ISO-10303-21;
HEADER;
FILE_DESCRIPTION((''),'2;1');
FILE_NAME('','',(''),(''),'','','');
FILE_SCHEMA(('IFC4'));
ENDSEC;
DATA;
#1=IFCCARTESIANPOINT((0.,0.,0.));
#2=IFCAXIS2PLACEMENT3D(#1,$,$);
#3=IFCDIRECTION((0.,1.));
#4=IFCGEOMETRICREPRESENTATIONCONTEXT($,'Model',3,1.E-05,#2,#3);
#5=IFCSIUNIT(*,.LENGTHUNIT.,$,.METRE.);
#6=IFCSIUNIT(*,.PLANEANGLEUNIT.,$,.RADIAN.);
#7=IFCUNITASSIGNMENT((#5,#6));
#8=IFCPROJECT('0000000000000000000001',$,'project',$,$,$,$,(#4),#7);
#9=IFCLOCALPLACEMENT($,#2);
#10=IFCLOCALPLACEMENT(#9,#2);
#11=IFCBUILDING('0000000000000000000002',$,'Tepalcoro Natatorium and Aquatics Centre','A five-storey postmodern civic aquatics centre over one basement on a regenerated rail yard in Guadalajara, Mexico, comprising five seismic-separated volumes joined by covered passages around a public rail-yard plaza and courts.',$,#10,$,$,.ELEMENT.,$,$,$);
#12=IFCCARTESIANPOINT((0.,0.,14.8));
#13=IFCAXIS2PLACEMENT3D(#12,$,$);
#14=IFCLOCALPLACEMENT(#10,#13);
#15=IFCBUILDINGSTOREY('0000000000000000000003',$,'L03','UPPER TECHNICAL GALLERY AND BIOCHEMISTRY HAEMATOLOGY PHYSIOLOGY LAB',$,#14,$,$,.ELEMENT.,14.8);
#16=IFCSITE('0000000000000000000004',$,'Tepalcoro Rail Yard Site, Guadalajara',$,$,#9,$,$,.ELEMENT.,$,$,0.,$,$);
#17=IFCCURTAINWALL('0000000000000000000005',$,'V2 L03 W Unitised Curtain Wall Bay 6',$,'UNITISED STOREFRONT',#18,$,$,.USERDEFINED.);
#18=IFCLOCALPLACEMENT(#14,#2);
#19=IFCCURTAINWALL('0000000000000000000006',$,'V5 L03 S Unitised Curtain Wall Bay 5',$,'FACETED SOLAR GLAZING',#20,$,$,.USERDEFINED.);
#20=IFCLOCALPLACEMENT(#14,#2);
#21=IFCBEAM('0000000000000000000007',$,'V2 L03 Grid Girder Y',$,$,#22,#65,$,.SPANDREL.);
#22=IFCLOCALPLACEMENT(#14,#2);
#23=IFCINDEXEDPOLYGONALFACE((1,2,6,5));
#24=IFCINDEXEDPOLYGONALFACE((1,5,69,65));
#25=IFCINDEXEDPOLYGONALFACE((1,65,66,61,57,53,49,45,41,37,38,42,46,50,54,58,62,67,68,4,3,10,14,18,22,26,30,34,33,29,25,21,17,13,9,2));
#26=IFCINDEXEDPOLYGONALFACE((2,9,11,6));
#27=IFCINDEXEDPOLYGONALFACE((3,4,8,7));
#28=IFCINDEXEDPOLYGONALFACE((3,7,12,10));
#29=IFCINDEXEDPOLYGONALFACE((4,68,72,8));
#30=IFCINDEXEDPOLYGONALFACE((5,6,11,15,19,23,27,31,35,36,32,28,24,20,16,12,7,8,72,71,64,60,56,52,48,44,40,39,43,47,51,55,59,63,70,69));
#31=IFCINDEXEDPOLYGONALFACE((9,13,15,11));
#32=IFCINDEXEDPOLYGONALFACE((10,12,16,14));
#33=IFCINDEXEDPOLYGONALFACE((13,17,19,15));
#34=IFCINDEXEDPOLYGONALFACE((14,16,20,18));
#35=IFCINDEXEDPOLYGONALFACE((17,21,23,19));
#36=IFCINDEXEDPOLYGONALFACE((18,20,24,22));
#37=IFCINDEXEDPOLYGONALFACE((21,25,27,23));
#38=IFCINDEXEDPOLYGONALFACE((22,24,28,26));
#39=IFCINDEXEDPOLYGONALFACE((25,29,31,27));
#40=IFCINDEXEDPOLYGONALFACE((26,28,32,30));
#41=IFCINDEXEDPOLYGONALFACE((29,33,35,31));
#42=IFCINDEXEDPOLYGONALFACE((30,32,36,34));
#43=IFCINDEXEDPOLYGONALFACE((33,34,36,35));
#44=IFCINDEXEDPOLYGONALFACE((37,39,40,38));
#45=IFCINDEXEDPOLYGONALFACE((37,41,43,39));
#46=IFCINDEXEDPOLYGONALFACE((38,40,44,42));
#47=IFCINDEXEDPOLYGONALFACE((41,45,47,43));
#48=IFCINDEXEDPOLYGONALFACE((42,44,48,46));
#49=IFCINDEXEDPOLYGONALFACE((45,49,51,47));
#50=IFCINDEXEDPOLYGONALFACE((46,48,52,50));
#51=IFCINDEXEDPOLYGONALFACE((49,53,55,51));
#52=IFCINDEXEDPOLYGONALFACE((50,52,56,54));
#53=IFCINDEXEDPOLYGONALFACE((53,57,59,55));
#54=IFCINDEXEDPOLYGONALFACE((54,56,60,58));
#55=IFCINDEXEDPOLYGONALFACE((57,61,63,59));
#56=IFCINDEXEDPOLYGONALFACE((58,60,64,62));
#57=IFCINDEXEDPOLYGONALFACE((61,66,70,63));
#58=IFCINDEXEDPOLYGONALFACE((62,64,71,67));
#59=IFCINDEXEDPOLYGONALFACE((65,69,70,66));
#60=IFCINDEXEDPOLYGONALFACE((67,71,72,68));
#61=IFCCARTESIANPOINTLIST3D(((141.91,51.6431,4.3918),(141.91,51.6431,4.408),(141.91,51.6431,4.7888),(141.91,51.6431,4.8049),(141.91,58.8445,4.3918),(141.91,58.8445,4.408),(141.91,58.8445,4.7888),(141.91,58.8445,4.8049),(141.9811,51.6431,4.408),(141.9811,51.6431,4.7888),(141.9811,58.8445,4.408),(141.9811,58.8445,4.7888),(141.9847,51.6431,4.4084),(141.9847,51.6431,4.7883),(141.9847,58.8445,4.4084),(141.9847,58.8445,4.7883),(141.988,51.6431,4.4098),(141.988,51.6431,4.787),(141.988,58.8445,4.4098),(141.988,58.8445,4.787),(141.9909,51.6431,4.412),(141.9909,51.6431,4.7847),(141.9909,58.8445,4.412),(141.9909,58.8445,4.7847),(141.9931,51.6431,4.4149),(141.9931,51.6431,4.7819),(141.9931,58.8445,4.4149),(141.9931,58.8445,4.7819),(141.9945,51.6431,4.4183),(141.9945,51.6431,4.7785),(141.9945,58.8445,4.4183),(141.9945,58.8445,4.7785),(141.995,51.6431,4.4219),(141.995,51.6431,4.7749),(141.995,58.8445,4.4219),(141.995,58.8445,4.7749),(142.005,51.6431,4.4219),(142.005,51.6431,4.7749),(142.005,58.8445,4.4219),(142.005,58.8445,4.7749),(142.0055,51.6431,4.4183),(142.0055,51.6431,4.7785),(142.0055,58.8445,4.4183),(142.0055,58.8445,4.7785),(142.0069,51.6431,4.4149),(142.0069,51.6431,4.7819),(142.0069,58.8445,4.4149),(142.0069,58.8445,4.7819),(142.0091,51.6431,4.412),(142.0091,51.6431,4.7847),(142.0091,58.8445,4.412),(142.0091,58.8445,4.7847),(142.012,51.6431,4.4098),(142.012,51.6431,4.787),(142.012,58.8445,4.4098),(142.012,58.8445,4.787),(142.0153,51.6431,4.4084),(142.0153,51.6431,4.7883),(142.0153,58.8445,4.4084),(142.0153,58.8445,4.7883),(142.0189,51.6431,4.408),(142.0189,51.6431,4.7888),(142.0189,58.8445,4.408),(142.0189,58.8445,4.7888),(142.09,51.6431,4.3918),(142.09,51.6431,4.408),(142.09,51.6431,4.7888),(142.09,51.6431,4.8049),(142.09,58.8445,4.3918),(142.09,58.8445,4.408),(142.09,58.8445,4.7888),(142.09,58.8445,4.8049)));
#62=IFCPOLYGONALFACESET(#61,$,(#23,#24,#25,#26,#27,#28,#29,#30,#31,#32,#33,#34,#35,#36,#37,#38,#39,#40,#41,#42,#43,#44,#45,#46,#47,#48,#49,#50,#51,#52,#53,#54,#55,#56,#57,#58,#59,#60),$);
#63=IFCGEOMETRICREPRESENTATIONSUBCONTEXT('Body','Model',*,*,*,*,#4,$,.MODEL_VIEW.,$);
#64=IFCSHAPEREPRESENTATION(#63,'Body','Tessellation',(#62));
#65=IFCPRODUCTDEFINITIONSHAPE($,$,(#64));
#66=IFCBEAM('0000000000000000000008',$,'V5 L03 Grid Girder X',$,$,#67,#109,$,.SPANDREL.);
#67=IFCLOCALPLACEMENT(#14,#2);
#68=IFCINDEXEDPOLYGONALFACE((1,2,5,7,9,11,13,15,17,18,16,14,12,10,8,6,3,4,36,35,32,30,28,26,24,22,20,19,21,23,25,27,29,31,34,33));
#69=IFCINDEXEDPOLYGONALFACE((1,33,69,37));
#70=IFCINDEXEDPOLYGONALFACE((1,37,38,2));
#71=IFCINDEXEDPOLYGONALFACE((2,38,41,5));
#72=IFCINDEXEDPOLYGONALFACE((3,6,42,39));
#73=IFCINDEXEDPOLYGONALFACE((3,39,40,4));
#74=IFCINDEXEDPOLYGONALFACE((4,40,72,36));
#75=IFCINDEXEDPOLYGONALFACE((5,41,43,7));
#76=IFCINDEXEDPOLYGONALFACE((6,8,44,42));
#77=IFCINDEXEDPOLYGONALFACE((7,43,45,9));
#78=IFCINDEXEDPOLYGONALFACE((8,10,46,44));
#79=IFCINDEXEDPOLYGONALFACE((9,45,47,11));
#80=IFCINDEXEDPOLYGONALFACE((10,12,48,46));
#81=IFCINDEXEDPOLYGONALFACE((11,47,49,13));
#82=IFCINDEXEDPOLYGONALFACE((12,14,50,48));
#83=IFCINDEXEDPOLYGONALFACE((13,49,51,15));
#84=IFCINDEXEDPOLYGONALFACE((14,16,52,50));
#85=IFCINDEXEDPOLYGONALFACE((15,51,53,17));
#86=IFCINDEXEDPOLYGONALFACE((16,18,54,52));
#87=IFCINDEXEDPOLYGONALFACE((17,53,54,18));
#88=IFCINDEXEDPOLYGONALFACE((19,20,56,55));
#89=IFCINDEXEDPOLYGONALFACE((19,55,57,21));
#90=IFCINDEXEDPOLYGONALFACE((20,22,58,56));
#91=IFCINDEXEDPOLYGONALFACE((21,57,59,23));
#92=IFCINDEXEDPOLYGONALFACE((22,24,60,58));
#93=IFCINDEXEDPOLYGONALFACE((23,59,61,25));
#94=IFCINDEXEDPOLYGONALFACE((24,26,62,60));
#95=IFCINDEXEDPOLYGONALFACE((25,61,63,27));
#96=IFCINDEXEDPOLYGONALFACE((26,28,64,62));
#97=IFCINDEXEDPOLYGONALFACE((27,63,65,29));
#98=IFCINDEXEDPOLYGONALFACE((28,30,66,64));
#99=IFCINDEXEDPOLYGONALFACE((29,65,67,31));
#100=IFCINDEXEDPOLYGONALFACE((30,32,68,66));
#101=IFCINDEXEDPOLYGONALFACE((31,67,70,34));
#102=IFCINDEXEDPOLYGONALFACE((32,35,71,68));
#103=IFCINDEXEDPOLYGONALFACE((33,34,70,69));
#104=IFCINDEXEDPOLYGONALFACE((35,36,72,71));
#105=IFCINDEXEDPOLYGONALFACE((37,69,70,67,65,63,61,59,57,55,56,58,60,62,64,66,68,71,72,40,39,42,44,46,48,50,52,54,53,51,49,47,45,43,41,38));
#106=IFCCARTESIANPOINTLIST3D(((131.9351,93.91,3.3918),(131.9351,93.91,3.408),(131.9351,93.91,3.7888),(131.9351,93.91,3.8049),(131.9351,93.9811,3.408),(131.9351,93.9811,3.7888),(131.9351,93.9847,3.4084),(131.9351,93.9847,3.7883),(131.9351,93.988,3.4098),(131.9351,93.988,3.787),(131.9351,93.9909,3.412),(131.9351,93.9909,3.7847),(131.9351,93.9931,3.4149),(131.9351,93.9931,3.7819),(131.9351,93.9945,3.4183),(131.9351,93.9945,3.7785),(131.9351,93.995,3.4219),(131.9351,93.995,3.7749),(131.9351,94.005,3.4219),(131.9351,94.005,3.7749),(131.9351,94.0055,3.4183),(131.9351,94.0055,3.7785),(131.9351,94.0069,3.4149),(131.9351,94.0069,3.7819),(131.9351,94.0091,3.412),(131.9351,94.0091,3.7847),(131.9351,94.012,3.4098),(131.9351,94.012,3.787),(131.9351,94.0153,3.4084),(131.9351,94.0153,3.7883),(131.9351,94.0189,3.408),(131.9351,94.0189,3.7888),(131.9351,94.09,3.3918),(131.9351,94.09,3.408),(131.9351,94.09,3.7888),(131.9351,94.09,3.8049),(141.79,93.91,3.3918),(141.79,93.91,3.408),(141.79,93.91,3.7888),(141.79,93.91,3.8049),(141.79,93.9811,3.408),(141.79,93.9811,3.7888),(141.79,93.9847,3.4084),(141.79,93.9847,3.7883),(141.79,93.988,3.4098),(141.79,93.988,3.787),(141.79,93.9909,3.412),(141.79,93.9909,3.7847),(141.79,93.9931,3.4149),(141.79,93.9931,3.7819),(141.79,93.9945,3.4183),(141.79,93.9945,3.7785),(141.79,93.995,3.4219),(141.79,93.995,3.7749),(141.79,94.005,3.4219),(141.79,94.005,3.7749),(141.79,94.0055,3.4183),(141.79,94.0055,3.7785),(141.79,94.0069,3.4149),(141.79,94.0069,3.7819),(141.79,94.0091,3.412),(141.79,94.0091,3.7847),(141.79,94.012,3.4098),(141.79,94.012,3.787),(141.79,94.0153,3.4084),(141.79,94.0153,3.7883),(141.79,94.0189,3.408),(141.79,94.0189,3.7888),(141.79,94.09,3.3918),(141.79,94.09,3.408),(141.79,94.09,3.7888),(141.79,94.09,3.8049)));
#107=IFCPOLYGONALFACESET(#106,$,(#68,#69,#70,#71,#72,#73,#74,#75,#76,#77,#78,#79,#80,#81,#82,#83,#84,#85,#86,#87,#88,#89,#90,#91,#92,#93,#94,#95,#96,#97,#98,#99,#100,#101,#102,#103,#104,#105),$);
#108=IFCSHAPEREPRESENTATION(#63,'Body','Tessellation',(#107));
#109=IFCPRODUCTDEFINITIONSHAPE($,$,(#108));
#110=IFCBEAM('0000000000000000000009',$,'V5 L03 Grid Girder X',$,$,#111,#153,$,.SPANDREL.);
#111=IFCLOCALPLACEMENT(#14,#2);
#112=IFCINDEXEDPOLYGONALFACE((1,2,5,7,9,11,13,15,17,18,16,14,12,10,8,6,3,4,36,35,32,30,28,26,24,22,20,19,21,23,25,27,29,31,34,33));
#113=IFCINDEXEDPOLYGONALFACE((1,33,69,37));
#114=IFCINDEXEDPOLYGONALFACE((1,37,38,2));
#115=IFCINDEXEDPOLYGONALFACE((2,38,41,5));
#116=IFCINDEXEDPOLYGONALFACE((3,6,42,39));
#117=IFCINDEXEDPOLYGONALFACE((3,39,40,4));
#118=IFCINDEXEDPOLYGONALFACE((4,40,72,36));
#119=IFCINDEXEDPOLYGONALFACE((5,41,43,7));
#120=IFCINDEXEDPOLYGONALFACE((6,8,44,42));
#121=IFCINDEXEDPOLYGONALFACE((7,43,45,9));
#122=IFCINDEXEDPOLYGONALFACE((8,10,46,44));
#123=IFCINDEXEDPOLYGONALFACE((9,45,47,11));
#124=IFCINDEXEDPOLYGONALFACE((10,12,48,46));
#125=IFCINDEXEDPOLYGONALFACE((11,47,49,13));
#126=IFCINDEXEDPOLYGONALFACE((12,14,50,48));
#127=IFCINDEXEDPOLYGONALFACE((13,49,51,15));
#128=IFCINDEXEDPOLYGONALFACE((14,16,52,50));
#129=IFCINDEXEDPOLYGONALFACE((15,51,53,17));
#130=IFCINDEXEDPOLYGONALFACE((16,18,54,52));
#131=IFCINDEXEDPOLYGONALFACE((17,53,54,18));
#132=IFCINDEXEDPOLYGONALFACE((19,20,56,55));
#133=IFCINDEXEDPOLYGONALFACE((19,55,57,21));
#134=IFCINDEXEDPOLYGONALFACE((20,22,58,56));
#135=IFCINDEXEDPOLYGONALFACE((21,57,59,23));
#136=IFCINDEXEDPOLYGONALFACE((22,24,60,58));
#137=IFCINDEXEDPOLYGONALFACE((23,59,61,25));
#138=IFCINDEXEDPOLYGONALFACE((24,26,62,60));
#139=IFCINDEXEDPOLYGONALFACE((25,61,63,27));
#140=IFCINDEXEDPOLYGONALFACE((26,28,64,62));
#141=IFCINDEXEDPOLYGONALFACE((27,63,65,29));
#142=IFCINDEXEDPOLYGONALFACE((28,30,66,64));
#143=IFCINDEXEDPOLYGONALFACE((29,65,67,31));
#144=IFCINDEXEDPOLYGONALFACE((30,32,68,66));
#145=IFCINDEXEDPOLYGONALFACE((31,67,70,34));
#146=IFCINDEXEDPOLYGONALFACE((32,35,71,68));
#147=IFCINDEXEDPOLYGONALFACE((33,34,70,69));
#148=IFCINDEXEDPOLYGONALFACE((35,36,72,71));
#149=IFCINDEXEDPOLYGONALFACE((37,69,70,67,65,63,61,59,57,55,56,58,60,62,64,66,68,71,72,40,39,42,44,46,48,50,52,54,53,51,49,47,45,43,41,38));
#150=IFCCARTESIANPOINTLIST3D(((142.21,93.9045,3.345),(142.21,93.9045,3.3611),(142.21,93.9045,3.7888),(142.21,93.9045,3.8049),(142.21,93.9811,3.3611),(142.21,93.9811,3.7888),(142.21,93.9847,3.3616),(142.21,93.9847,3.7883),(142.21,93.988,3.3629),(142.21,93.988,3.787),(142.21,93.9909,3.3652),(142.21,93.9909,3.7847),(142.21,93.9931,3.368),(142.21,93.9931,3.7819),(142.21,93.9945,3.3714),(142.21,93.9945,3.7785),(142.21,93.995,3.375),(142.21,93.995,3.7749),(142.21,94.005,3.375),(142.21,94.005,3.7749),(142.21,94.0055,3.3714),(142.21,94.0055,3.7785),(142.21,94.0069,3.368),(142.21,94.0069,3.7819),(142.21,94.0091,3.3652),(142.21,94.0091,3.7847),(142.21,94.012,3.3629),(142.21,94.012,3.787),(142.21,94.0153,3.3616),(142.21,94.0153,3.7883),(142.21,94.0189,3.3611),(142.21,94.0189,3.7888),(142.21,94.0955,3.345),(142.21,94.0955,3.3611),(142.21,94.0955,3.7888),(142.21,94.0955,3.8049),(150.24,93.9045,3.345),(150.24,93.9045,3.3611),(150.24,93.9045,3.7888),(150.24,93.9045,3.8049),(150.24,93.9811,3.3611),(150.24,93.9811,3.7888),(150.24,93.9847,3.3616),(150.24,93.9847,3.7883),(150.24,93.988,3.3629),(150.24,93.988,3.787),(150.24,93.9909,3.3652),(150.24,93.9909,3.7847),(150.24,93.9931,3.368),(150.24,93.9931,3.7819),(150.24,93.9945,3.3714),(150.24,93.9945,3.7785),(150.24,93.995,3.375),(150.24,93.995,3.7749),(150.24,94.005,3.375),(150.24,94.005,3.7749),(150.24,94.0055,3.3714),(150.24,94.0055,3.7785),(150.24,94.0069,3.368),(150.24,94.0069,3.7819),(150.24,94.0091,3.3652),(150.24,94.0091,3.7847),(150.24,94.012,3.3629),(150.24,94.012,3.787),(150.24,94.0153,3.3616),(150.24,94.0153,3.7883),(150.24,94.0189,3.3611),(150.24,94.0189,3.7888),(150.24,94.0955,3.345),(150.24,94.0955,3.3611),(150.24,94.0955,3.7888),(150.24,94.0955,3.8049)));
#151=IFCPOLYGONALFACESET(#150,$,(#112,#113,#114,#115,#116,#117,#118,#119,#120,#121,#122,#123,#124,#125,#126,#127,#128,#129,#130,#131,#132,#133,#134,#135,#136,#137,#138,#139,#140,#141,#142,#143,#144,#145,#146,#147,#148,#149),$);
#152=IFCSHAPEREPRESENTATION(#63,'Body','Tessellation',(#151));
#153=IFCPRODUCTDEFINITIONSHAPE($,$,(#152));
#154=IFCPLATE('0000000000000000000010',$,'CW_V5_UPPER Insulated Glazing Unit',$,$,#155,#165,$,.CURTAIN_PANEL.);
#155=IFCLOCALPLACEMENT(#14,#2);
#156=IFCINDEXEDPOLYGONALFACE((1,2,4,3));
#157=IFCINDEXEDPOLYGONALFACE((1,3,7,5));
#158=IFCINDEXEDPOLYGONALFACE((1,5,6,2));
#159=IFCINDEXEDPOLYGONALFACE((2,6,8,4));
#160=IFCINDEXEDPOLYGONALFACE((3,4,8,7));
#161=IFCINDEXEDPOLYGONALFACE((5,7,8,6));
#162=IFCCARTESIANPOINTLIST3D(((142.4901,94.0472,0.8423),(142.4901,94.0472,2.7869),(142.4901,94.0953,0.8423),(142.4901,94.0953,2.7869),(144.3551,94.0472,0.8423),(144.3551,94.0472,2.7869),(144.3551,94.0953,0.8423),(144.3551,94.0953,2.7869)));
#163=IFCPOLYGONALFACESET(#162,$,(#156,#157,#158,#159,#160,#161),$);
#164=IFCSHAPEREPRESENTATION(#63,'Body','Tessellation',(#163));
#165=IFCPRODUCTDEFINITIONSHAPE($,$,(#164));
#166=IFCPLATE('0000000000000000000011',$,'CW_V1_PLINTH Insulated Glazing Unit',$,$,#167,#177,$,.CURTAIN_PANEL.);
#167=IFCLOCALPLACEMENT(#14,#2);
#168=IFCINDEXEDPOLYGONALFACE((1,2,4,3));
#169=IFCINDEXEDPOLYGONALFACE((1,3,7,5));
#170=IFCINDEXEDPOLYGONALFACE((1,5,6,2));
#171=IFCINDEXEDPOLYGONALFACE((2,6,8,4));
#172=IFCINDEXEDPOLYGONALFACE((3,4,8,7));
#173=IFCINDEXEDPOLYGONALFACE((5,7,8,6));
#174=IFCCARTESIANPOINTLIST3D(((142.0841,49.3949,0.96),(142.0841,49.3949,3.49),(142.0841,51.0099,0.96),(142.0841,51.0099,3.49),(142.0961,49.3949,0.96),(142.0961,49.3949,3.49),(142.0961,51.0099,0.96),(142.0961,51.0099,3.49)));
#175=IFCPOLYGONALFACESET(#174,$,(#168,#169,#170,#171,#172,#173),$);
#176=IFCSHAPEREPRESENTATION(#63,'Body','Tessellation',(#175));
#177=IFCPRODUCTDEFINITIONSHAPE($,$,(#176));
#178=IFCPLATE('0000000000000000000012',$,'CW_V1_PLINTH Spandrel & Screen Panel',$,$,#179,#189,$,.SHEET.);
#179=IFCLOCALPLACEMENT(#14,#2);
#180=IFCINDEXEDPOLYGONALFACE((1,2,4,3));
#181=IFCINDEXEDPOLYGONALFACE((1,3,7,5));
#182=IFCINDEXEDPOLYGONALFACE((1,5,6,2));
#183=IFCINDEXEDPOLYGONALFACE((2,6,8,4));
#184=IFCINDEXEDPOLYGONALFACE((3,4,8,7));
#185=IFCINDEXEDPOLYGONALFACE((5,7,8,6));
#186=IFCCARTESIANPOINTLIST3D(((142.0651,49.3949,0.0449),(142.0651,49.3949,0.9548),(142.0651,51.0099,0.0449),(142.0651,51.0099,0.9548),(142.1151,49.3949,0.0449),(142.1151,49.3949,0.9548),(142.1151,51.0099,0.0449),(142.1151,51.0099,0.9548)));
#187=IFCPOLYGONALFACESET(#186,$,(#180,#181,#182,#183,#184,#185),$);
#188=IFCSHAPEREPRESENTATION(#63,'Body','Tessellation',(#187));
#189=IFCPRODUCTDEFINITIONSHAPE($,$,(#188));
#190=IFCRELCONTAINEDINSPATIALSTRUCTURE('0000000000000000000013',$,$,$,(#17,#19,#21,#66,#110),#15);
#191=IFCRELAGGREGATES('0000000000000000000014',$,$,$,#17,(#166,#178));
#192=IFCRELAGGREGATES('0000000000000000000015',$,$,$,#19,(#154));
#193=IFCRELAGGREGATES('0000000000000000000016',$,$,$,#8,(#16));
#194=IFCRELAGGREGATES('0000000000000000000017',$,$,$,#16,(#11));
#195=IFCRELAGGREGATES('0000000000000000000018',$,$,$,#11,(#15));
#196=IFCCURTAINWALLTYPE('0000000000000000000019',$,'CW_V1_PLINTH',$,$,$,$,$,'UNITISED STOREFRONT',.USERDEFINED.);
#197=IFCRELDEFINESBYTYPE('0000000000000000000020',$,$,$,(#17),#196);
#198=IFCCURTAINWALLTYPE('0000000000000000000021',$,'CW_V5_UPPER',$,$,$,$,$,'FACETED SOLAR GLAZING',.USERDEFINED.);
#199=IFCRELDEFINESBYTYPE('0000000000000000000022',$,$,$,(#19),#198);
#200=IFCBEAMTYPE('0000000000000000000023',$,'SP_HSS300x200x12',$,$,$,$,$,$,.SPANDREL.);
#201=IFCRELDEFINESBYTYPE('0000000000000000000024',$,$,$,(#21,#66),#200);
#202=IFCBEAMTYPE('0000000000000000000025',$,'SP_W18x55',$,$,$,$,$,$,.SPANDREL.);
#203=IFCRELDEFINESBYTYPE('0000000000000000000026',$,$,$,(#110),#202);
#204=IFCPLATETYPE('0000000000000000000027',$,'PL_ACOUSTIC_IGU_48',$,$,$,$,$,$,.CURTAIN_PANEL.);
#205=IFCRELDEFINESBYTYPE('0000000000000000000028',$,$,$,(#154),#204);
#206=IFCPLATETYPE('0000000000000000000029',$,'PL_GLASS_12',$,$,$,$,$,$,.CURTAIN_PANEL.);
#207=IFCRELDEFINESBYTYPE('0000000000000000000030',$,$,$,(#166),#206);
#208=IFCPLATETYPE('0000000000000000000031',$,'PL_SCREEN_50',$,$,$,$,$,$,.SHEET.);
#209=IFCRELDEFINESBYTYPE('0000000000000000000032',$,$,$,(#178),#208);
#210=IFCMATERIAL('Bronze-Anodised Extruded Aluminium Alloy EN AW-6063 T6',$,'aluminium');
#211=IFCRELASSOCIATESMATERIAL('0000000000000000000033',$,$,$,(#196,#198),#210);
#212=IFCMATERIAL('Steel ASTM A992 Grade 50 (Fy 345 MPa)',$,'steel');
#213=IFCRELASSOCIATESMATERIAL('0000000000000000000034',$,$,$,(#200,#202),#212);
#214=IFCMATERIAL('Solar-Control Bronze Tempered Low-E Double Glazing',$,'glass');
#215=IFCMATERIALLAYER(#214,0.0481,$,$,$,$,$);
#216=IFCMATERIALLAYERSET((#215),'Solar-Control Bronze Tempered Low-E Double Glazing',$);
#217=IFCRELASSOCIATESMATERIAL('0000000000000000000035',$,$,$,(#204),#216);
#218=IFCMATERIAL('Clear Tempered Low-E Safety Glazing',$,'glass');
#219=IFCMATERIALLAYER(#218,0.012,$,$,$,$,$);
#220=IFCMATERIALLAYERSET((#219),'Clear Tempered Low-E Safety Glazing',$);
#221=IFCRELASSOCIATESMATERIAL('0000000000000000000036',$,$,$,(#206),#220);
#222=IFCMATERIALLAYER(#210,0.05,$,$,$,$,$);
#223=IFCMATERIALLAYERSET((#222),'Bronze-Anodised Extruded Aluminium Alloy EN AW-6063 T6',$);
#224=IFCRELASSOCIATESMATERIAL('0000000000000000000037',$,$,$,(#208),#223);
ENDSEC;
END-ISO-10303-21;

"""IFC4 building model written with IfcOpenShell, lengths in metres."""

from ifc_helpers import new_model, si_unit, direction, frame, origin, origin_2d, place, context, subcontext, project, spatial, rectangle, i_section, extrude, material, layer, layer_set, material_profile, profile_set, type_object, element, aggregate, save


model = new_model("IFC4")

# Units and contexts
model_context = context("Model", 3, precision=1e-05, world=origin(), true_north=direction((0.0, 1.0)))
body_context = subcontext(model_context, "Body", "Model", "MODEL_VIEW")
ifc_project = project(units=[si_unit("LENGTHUNIT", "METRE"), si_unit("PLANEANGLEUNIT", "RADIAN")], contexts=[model_context])

# Site, building, storey
site_placement = place(None, origin())
site = spatial("IfcSite", under=ifc_project, at=site_placement, Name="Tepalcoro Rail Yard Site, Guadalajara", CompositionType="ELEMENT", RefElevation=0.0)
building_placement = place(site_placement, origin())
building = spatial("IfcBuilding", under=site, at=building_placement, Name="Tepalcoro Natatorium and Aquatics Centre", Description="A five-storey postmodern civic aquatics centre over one basement on a regenerated rail yard in Guadalajara, Mexico, comprising five seismic-separated volumes joined by covered passages around a public rail-yard plaza and courts.", CompositionType="ELEMENT")
storey_placement = place(building_placement, frame((0.0, 0.0, 14.8)))
storey = spatial("IfcBuildingStorey", under=building, at=storey_placement, Name="L03", Description="UPPER TECHNICAL GALLERY AND BIOCHEMISTRY HAEMATOLOGY PHYSIOLOGY LAB", CompositionType="ELEMENT", Elevation=14.8)

# Shared definitions
ifc_material_1 = material(Name="Steel ASTM A992 Grade 50 (Fy 345 MPa)", Category="steel")

# Curtain wall
ifc_material_2 = material(Name="Bronze-Anodised Extruded Aluminium Alloy EN AW-6063 T6", Category="aluminium")
curtain_wall_type_1 = type_object("IfcCurtainWallType", Name="CW_V1_PLINTH", ElementType="UNITISED STOREFRONT", PredefinedType="USERDEFINED", material=ifc_material_2)
curtain_wall_1_placement = place(storey_placement, origin())
curtain_wall_1 = element("IfcCurtainWall", 1, at=curtain_wall_1_placement, inside=storey, type_object=curtain_wall_type_1, Name="V2 L03 W Unitised Curtain Wall Bay 6", ObjectType="UNITISED STOREFRONT", PredefinedType="USERDEFINED")

# Curtain wall
curtain_wall_type_2 = type_object("IfcCurtainWallType", Name="CW_V5_UPPER", ElementType="FACETED SOLAR GLAZING", PredefinedType="USERDEFINED", material=ifc_material_2)
curtain_wall_2_placement = place(storey_placement, origin())
curtain_wall_2 = element("IfcCurtainWall", 2, at=curtain_wall_2_placement, inside=storey, type_object=curtain_wall_type_2, Name="V5 L03 S Unitised Curtain Wall Bay 5", ObjectType="FACETED SOLAR GLAZING", PredefinedType="USERDEFINED")

# Beams
ifc_material_profile_1 = material_profile(ifc_material_1, i_section(OverallWidth=0.1799, OverallDepth=0.4131, WebThickness=0.01, FlangeThickness=0.0161, FilletRadius=0.0139, at=origin_2d()), Name="W16X50")
ifc_profile_set_1 = profile_set([ifc_material_profile_1], Name="Steel ASTM A992 Grade 50 (Fy 345 MPa)")
beam_type_1 = type_object("IfcBeamType", Name="SP_HSS300x200x12", PredefinedType="SPANDREL", material=ifc_profile_set_1)
beam_1_placement = place(storey_placement, frame((142.0, 51.6431, 4.5984), z_axis=(0.0, 1.0, 0.0), x_axis=(-1.0, 0.0, 0.0)))
element("IfcBeam", 3, at=beam_1_placement, inside=storey, type_object=beam_type_1, Name="V2 L03 Grid Girder Y", PredefinedType="SPANDREL", context=body_context, shape_type="SweptSolid", body=[
    extrude(i_section(OverallWidth=0.1799, OverallDepth=0.4131, WebThickness=0.01, FlangeThickness=0.0161, FilletRadius=0.0139, at=origin_2d()), origin(), (0.0, 0.0, 1.0), 7.2014),
])
beam_2_placement = place(storey_placement, frame((131.9351, 94.0, 3.5984), z_axis=(1.0, 0.0, 0.0), x_axis=(0.0, 1.0, 0.0)))
element("IfcBeam", 4, at=beam_2_placement, inside=storey, type_object=beam_type_1, Name="V5 L03 Grid Girder X", PredefinedType="SPANDREL", context=body_context, shape_type="SweptSolid", body=[
    extrude(i_section(OverallWidth=0.1799, OverallDepth=0.4131, WebThickness=0.01, FlangeThickness=0.0161, FilletRadius=0.0139, at=origin_2d()), origin(), (0.0, 0.0, 1.0), 9.855),
])
ifc_material_profile_2 = material_profile(ifc_material_1, i_section(OverallWidth=0.1909, OverallDepth=0.46, WebThickness=0.01, FlangeThickness=0.0161, FilletRadius=0.0139, at=origin_2d()), Name="W18X55")
ifc_profile_set_2 = profile_set([ifc_material_profile_2], Name="Steel ASTM A992 Grade 50 (Fy 345 MPa)")
beam_type_2 = type_object("IfcBeamType", Name="SP_W18x55", PredefinedType="SPANDREL", material=ifc_profile_set_2)
beam_3_placement = place(storey_placement, frame((142.21, 94.0, 3.575), z_axis=(1.0, 0.0, 0.0), x_axis=(0.0, 1.0, 0.0)))
element("IfcBeam", 5, at=beam_3_placement, inside=storey, type_object=beam_type_2, Name="V5 L03 Grid Girder X", PredefinedType="SPANDREL", context=body_context, shape_type="SweptSolid", body=[
    extrude(i_section(OverallWidth=0.1909, OverallDepth=0.46, WebThickness=0.01, FlangeThickness=0.0161, FilletRadius=0.0139, at=origin_2d()), origin(), (0.0, 0.0, 1.0), 8.03),
])

# Plates
ifc_material_3 = material(Name="Solar-Control Bronze Tempered Low-E Double Glazing", Category="glass")
ifc_layer_1 = layer(ifc_material_3, 0.0481)
ifc_layer_set_1 = layer_set([ifc_layer_1], Name="Solar-Control Bronze Tempered Low-E Double Glazing")
plate_type_1 = type_object("IfcPlateType", Name="PL_ACOUSTIC_IGU_48", PredefinedType="CURTAIN_PANEL", material=ifc_layer_set_1)
plate_1_placement = place(storey_placement, frame((143.4226, 94.0713, 0.8423), z_axis=(0.0, 0.0, 1.0), x_axis=(1.0, 0.0, 0.0)))
plate_1 = element("IfcPlate", 6, at=plate_1_placement, type_object=plate_type_1, Name="CW_V5_UPPER Insulated Glazing Unit", PredefinedType="CURTAIN_PANEL", context=body_context, shape_type="SweptSolid", body=[
    extrude(rectangle(XDim=1.865, YDim=0.0481, at=origin_2d()), origin(), (0.0, 0.0, 1.0), 1.9446),
])
ifc_material_4 = material(Name="Clear Tempered Low-E Safety Glazing", Category="glass")
ifc_layer_2 = layer(ifc_material_4, 0.012)
ifc_layer_set_2 = layer_set([ifc_layer_2], Name="Clear Tempered Low-E Safety Glazing")
plate_type_2 = type_object("IfcPlateType", Name="PL_GLASS_12", PredefinedType="CURTAIN_PANEL", material=ifc_layer_set_2)
plate_2_placement = place(storey_placement, frame((142.0901, 50.2024, 0.96), z_axis=(0.0, 0.0, 1.0), x_axis=(1.0, 0.0, 0.0)))
plate_2 = element("IfcPlate", 7, at=plate_2_placement, type_object=plate_type_2, Name="CW_V1_PLINTH Insulated Glazing Unit", PredefinedType="CURTAIN_PANEL", context=body_context, shape_type="SweptSolid", body=[
    extrude(rectangle(XDim=0.012, YDim=1.615, at=origin_2d()), origin(), (0.0, 0.0, 1.0), 2.53),
])
ifc_layer_3 = layer(ifc_material_2, 0.05)
ifc_layer_set_3 = layer_set([ifc_layer_3], Name="Bronze-Anodised Extruded Aluminium Alloy EN AW-6063 T6")
plate_type_3 = type_object("IfcPlateType", Name="PL_SCREEN_50", PredefinedType="SHEET", material=ifc_layer_set_3)
plate_3_placement = place(storey_placement, frame((142.0901, 50.2024, 0.0449), z_axis=(0.0, 0.0, 1.0), x_axis=(1.0, 0.0, 0.0)))
plate_3 = element("IfcPlate", 8, at=plate_3_placement, type_object=plate_type_3, Name="CW_V1_PLINTH Spandrel & Screen Panel", PredefinedType="SHEET", context=body_context, shape_type="SweptSolid", body=[
    extrude(rectangle(XDim=0.05, YDim=1.615, at=origin_2d()), origin(), (0.0, 0.0, 1.0), 0.9099),
])
aggregate(curtain_wall_1, [plate_2, plate_3])
aggregate(curtain_wall_2, [plate_1])

save(model, "model.ifc")
